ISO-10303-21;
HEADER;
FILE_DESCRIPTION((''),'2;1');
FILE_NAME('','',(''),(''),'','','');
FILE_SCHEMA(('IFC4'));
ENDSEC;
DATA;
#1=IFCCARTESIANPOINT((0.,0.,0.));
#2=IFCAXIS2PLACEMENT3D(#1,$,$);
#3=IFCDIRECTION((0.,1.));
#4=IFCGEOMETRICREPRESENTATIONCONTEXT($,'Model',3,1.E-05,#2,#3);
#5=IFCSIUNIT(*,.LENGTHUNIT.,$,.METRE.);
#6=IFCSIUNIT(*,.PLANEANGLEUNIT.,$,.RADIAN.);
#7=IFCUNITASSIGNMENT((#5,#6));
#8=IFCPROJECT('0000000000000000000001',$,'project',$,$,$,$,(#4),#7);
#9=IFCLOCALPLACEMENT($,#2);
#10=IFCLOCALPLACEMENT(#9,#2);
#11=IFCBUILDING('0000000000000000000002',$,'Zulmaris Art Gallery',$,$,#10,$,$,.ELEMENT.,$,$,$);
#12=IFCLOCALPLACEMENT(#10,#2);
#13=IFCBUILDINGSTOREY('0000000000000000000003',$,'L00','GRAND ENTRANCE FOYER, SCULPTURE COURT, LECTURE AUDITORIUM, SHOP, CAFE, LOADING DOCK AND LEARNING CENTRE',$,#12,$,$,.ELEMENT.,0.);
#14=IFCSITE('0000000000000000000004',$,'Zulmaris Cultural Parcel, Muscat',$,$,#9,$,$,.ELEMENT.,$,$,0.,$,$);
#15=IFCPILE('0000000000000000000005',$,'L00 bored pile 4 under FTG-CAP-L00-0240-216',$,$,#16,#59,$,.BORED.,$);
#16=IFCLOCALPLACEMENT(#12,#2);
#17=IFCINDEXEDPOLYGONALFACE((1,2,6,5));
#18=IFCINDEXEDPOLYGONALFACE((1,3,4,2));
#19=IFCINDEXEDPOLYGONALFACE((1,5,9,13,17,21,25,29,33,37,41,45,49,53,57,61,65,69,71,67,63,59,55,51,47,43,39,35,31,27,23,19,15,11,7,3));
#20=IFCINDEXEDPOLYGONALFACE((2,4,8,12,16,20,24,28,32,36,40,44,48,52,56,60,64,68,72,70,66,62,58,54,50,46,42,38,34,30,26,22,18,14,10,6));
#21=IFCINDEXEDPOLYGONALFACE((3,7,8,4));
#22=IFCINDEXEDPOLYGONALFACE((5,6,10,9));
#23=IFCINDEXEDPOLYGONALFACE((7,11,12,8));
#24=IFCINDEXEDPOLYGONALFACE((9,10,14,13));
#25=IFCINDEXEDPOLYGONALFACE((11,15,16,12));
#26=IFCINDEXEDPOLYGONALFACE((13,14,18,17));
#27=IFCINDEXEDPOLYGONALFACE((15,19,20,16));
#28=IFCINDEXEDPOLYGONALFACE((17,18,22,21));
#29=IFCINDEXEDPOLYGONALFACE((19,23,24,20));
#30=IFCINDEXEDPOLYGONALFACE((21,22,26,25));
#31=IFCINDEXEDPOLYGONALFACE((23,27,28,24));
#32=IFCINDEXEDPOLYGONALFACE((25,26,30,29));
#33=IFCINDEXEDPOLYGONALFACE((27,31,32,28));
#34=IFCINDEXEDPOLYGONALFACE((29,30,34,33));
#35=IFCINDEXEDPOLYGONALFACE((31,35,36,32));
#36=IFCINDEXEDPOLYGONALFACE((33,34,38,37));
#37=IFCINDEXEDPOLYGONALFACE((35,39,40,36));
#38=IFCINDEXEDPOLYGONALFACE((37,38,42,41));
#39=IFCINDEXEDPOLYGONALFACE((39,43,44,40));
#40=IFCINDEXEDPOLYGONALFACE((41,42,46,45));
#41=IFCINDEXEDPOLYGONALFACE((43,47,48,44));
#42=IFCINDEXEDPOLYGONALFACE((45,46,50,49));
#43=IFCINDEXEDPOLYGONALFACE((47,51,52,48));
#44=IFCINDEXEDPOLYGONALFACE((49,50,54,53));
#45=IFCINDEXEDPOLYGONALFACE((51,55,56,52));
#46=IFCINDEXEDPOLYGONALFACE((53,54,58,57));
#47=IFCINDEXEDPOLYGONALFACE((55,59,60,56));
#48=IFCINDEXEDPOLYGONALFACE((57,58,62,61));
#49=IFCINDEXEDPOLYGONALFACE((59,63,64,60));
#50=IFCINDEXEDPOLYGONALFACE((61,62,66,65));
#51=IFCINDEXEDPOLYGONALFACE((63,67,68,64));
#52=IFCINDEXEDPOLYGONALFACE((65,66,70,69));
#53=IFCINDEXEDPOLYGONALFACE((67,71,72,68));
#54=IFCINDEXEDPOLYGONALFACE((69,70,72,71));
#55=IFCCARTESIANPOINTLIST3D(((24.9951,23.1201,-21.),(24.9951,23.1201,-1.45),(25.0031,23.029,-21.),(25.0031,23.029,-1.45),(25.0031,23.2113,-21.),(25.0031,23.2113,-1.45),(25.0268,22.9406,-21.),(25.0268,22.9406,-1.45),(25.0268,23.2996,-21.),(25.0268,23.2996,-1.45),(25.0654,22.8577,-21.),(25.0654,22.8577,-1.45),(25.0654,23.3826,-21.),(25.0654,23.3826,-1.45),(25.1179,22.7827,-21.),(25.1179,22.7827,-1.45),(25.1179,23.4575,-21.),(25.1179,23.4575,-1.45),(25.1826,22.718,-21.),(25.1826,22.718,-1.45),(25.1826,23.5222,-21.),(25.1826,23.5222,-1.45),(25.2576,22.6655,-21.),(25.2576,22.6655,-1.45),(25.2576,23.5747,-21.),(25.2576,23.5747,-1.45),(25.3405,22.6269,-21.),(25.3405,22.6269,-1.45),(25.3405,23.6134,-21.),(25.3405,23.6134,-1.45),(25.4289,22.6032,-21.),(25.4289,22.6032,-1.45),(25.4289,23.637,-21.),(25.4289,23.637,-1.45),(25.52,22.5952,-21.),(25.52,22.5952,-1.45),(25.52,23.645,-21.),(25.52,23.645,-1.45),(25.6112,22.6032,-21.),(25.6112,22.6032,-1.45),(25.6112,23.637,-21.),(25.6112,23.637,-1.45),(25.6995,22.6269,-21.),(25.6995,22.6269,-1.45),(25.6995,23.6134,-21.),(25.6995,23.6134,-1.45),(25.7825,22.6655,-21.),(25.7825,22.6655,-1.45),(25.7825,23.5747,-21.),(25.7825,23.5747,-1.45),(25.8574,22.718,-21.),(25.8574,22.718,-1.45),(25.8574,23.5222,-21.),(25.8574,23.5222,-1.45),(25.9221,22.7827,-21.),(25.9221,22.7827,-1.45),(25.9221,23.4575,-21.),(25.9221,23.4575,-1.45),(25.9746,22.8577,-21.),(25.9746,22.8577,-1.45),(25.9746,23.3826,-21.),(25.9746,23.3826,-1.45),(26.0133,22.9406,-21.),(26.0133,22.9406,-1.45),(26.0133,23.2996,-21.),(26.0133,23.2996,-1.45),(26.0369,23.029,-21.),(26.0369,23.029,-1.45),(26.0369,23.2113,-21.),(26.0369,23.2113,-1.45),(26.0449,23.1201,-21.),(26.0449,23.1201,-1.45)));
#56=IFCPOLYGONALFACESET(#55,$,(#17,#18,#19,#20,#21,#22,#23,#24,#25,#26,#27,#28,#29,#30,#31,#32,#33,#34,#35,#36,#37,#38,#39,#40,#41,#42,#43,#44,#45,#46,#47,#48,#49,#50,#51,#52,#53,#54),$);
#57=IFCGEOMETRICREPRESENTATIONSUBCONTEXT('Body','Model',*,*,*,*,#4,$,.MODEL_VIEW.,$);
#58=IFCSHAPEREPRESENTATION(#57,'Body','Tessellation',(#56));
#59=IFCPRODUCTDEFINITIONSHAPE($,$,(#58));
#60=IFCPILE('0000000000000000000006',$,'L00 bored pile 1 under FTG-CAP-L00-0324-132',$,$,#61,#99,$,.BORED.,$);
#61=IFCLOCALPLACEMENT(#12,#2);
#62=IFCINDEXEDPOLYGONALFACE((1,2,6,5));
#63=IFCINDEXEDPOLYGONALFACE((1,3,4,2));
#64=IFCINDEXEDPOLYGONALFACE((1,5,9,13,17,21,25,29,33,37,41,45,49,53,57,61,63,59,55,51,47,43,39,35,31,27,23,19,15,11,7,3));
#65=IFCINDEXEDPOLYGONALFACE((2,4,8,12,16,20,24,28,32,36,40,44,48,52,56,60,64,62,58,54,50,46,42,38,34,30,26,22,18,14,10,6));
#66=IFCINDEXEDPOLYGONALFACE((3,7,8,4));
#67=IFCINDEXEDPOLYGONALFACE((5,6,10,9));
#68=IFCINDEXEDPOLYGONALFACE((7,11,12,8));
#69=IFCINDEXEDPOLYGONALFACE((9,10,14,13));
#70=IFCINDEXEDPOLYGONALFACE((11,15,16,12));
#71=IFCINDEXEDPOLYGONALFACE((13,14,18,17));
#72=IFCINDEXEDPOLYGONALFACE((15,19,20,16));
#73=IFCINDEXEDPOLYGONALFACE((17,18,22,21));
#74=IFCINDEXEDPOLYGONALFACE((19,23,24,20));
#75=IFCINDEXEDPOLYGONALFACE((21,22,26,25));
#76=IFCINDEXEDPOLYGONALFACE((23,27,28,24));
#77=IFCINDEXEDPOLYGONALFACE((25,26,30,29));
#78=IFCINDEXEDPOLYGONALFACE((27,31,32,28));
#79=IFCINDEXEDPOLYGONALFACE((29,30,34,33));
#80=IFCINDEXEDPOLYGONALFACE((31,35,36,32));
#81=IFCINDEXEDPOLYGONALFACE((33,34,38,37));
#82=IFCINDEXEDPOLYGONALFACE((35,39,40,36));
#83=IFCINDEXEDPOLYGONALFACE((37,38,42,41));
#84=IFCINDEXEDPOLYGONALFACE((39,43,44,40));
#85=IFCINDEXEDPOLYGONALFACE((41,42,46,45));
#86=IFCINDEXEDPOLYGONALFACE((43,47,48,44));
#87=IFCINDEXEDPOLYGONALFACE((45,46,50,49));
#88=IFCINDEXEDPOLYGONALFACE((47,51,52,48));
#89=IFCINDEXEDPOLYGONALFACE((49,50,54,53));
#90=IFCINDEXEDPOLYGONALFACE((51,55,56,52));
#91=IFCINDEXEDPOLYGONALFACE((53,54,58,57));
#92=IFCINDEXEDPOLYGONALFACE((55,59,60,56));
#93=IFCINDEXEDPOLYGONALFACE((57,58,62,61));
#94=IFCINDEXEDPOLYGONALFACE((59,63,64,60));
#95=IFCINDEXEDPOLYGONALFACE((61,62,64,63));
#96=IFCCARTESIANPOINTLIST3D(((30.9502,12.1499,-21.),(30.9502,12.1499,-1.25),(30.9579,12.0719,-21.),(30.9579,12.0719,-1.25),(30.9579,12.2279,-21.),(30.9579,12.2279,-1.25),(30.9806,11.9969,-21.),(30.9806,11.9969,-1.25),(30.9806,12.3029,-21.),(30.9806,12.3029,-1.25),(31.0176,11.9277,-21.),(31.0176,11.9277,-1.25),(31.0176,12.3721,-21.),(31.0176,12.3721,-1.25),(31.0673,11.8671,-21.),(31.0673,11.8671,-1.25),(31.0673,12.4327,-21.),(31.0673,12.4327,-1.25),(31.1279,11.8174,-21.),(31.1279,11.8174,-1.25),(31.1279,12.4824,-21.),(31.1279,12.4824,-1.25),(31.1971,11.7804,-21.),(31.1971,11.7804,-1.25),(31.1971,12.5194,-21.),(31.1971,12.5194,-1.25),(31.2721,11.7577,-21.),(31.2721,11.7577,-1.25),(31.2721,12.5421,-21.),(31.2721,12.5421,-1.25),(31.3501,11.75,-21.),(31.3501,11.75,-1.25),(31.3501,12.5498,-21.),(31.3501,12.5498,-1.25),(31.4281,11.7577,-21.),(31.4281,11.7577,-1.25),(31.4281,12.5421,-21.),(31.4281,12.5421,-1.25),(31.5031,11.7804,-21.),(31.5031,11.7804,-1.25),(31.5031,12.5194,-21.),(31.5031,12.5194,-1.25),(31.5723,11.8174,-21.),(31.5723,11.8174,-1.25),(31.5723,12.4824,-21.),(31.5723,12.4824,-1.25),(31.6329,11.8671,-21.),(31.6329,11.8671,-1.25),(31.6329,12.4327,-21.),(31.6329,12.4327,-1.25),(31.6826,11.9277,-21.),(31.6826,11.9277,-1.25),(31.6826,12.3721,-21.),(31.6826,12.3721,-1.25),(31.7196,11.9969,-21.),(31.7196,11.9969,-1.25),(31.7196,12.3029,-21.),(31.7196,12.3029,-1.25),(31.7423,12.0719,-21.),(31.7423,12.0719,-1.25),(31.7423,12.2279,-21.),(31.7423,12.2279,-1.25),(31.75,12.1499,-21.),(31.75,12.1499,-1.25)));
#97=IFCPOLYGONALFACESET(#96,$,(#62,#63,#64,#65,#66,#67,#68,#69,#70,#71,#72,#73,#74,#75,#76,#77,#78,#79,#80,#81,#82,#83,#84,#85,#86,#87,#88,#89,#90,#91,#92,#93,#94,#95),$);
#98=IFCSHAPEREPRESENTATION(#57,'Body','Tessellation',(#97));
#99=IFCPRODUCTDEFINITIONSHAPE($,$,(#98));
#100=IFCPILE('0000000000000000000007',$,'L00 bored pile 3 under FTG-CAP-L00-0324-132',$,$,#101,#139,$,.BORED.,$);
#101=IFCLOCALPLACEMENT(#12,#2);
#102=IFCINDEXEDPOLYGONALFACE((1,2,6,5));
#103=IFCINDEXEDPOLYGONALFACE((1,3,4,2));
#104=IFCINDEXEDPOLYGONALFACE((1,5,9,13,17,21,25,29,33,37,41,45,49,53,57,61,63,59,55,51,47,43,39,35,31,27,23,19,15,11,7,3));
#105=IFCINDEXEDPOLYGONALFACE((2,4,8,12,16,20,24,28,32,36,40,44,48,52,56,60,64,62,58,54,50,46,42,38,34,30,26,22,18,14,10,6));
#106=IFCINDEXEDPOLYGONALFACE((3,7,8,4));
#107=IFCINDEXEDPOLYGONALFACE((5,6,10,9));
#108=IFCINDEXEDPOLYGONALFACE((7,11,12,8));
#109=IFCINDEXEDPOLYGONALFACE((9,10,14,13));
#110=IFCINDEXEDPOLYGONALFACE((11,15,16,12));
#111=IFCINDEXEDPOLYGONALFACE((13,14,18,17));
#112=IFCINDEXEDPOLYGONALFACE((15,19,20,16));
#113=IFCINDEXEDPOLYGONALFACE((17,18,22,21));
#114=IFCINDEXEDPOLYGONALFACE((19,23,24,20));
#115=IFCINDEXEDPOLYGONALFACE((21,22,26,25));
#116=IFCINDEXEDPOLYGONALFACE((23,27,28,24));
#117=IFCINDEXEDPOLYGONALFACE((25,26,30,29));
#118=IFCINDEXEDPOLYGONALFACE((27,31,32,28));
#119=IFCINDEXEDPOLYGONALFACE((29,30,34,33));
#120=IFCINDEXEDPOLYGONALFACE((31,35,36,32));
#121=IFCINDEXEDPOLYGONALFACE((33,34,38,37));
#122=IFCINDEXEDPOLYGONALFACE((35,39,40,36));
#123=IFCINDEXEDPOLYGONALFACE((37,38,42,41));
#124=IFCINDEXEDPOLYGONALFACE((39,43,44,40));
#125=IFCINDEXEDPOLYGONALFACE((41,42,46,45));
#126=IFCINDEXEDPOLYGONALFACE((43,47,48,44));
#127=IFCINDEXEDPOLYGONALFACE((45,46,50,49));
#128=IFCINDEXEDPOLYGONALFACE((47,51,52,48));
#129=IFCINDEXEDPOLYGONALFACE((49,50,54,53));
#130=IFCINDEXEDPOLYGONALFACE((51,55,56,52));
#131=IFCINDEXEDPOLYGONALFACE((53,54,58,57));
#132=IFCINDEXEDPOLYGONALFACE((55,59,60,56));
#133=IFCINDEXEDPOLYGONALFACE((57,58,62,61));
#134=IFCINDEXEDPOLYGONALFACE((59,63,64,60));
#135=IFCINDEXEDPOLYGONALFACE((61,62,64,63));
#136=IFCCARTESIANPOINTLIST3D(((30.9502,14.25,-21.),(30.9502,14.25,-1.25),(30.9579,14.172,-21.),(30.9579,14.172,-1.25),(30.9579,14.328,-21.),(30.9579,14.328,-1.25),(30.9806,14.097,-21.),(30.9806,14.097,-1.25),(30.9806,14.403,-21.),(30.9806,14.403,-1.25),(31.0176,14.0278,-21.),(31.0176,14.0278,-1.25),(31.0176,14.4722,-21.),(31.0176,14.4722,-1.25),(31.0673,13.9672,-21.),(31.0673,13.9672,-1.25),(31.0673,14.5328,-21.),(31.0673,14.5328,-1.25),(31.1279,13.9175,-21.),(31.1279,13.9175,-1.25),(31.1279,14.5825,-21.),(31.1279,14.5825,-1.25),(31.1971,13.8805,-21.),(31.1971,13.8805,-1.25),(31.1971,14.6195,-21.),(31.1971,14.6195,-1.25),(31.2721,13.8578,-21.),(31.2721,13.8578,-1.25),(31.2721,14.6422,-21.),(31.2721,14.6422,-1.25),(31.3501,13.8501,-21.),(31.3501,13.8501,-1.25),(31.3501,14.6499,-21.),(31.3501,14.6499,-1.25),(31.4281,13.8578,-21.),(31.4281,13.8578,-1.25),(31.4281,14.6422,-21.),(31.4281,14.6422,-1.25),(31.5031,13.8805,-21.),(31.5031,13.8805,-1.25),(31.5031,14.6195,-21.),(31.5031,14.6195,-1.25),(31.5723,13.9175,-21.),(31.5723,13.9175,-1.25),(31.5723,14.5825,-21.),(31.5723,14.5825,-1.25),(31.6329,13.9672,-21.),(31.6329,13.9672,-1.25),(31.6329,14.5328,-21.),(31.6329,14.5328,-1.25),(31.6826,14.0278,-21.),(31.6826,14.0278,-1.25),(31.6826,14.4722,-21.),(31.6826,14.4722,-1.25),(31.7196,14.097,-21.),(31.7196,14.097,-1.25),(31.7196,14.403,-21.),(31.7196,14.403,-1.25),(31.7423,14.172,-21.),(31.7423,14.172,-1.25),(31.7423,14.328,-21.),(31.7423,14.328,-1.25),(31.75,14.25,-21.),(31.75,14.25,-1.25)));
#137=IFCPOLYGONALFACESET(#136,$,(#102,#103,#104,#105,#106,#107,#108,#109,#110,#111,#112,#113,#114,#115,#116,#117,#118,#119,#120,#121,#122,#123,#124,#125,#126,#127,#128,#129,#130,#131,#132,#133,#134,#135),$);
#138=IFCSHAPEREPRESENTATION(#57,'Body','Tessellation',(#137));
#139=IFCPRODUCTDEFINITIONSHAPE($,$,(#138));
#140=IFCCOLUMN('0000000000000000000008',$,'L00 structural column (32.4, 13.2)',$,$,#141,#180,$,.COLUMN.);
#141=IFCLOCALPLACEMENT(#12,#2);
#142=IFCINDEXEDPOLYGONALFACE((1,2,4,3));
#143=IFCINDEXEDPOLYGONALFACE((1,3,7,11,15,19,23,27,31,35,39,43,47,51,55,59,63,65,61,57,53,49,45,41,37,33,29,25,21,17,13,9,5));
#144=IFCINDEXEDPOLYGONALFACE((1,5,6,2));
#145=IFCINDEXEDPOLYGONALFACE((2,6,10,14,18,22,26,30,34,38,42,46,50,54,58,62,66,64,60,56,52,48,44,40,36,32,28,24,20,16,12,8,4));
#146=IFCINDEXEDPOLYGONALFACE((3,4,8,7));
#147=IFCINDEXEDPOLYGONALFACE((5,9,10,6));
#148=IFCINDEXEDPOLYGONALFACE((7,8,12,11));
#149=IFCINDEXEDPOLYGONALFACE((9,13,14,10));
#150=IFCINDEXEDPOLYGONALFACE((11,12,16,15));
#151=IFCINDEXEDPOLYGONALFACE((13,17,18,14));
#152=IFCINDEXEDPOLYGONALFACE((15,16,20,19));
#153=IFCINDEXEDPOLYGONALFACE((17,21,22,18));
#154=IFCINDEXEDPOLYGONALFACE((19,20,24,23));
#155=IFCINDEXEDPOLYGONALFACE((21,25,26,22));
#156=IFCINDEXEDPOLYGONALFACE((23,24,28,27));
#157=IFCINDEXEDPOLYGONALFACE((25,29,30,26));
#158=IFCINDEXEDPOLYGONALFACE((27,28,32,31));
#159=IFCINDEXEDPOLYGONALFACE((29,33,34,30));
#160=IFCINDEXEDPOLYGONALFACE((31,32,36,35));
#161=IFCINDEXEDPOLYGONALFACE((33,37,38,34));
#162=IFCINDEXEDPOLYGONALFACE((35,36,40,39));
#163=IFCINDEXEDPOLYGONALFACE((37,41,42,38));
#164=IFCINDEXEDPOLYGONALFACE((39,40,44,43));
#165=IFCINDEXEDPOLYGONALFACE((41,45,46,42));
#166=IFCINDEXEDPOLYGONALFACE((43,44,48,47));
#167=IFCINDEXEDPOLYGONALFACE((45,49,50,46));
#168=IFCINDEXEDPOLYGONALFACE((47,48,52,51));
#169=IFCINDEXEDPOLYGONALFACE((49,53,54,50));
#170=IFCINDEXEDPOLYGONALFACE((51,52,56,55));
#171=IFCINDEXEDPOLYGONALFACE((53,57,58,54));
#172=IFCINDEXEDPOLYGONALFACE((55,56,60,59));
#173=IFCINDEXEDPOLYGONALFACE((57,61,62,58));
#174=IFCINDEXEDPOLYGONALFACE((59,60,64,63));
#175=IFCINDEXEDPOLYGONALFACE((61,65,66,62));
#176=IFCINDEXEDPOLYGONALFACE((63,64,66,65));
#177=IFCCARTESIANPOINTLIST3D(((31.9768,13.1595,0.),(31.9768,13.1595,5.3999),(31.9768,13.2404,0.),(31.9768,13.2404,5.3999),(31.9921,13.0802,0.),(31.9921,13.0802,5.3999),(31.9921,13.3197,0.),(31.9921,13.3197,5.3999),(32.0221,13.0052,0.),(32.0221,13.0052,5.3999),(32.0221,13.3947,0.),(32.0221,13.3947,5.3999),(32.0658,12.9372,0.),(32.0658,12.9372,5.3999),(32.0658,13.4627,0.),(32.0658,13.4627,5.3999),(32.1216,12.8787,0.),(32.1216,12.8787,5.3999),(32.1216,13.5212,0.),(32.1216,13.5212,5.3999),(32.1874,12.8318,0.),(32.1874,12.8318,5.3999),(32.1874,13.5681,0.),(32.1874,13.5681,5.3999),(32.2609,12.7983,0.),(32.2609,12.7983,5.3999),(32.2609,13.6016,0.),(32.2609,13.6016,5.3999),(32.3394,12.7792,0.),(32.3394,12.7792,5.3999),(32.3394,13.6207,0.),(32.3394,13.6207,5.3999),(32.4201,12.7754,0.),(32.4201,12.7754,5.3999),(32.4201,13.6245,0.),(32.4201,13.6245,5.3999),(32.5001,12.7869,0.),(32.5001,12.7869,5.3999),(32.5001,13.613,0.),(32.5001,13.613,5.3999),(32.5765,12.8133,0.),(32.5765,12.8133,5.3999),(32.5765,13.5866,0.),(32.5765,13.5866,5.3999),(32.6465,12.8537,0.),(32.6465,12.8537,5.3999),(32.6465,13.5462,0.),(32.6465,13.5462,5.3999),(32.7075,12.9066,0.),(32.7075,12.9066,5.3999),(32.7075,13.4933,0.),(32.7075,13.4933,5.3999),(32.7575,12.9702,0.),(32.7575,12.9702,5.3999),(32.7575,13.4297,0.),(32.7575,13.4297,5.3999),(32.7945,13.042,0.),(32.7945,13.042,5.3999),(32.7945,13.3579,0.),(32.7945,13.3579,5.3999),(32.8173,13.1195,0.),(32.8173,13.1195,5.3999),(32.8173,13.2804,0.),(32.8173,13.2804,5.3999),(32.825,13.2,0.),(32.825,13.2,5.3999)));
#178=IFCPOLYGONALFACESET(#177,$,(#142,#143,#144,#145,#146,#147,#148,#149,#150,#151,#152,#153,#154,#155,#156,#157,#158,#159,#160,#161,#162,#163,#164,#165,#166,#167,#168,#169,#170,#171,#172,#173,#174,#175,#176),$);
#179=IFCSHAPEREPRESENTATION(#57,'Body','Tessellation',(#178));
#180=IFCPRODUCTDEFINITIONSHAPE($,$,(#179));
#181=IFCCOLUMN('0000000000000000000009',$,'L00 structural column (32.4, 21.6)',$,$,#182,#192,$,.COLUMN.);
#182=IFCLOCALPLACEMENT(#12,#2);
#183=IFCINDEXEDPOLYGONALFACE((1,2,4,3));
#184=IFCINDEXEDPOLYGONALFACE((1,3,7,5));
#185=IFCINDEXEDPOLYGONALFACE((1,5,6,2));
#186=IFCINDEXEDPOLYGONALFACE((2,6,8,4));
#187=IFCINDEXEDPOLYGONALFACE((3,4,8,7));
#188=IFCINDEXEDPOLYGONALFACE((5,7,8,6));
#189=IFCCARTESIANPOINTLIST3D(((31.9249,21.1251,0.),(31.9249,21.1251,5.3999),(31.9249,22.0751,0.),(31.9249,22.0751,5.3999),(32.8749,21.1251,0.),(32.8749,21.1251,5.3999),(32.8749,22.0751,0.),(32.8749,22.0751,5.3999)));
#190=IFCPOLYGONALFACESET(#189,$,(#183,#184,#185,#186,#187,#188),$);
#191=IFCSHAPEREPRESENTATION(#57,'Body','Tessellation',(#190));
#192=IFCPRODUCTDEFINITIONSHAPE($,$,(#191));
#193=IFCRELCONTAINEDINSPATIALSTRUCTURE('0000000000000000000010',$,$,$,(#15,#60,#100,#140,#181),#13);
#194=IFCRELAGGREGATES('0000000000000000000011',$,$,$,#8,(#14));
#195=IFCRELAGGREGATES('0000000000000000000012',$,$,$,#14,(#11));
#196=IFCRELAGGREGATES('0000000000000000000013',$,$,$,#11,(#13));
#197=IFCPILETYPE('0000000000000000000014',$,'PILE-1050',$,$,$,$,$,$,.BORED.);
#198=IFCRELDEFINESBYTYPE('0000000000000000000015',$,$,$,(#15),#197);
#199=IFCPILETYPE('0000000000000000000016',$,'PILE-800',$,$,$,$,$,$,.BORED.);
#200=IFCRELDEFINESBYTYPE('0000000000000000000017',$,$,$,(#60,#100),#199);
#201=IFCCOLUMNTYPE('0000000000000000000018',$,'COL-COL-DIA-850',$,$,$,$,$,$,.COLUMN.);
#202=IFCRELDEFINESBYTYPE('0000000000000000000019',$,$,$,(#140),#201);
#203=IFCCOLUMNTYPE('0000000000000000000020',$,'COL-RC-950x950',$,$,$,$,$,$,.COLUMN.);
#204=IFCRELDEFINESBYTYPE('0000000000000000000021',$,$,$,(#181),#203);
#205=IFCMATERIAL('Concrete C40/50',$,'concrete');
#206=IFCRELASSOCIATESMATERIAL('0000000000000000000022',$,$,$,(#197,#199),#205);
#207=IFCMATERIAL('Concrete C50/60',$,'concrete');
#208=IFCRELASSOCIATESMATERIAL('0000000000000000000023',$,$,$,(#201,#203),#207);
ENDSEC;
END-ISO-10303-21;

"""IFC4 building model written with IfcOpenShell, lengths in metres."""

from ifc_helpers import new_model, si_unit, direction, frame, origin, origin_2d, place, context, subcontext, project, spatial, rectangle, circle, extrude, material, material_profile, profile_set, type_object, element, save


model = new_model("IFC4")

# Units and contexts
model_context = context("Model", 3, precision=1e-05, world=origin(), true_north=direction((0.0, 1.0)))
body_context = subcontext(model_context, "Body", "Model", "MODEL_VIEW")
ifc_project = project(units=[si_unit("LENGTHUNIT", "METRE"), si_unit("PLANEANGLEUNIT", "RADIAN")], contexts=[model_context])

# Site, building, storey
site_placement = place(None, origin())
site = spatial("IfcSite", under=ifc_project, at=site_placement, Name="Zulmaris Cultural Parcel, Muscat", CompositionType="ELEMENT", RefElevation=0.0)
building_placement = place(site_placement, origin())
building = spatial("IfcBuilding", under=site, at=building_placement, Name="Zulmaris Art Gallery", CompositionType="ELEMENT")
storey_placement = place(building_placement, origin())
storey = spatial("IfcBuildingStorey", under=building, at=storey_placement, Name="L00", Description="GRAND ENTRANCE FOYER, SCULPTURE COURT, LECTURE AUDITORIUM, SHOP, CAFE, LOADING DOCK AND LEARNING CENTRE", CompositionType="ELEMENT", Elevation=0.0)

# Piles
ifc_material_1 = material(Name="Concrete C40/50", Category="concrete")
ifc_material_profile_1 = material_profile(ifc_material_1, circle(Radius=0.5249, at=origin_2d()), Name="PILE DIA 1050")
ifc_profile_set_1 = profile_set([ifc_material_profile_1], Name="Concrete C40/50")
pile_type_1 = type_object("IfcPileType", Name="PILE-1050", PredefinedType="BORED", material=ifc_profile_set_1)
pile_placement = place(storey_placement, frame((25.52, 23.1201, -1.45), z_axis=(0.0, 0.0, -1.0), x_axis=(1.0, 0.0, 0.0)))
element("IfcPile", 1, at=pile_placement, inside=storey, type_object=pile_type_1, Name="L00 bored pile 4 under FTG-CAP-L00-0240-216", PredefinedType="BORED", context=body_context, shape_type="SweptSolid", body=[
    extrude(circle(Radius=0.5249, at=origin_2d()), origin(), (0.0, 0.0, 1.0), 19.55),
])
ifc_material_profile_2 = material_profile(ifc_material_1, circle(Radius=0.3999, at=origin_2d()), Name="PILE DIA 800")
ifc_profile_set_2 = profile_set([ifc_material_profile_2], Name="Concrete C40/50")
pile_type_2 = type_object("IfcPileType", Name="PILE-800", PredefinedType="BORED", material=ifc_profile_set_2)
for number, where, z_axis, x_axis, name in (
    (2, (31.3501, 12.1499, -1.25), (0.0, 0.0, -1.0), (1.0, 0.0, 0.0), "L00 bored pile 1 under FTG-CAP-L00-0324-132"),
    (3, (31.3501, 14.25, -1.25), (0.0, 0.0, -1.0), (1.0, 0.0, 0.0), "L00 bored pile 3 under FTG-CAP-L00-0324-132"),
):
    element("IfcPile", number, at=place(storey_placement, frame(where, z_axis=z_axis, x_axis=x_axis)), inside=storey, type_object=pile_type_2, Name=name, PredefinedType="BORED", context=body_context, shape_type="SweptSolid", body=[
        extrude(circle(Radius=0.3999, at=origin_2d()), origin(), (0.0, 0.0, 1.0), 19.75),
    ])

# Columns
ifc_material_2 = material(Name="Concrete C50/60", Category="concrete")
ifc_material_profile_3 = material_profile(ifc_material_2, circle(Radius=0.425, at=origin_2d()), Name="COL DIA 850")
ifc_profile_set_3 = profile_set([ifc_material_profile_3], Name="Concrete C50/60")
column_type_1 = type_object("IfcColumnType", Name="COL-COL-DIA-850", PredefinedType="COLUMN", material=ifc_profile_set_3)
column_1_placement = place(storey_placement, frame((32.3999, 13.2, 0.0), z_axis=(0.0, 0.0, 1.0), x_axis=(1.0, 0.0, 0.0)))
element("IfcColumn", 4, at=column_1_placement, inside=storey, type_object=column_type_1, Name="L00 structural column (32.4, 13.2)", PredefinedType="COLUMN", context=body_context, shape_type="SweptSolid", body=[
    extrude(circle(Radius=0.425, at=origin_2d()), origin(), (0.0, 0.0, 1.0), 5.3999),
])
ifc_material_profile_4 = material_profile(ifc_material_2, rectangle(XDim=0.95, YDim=0.95, at=origin_2d()), Name="RC 950x950")
ifc_profile_set_4 = profile_set([ifc_material_profile_4], Name="Concrete C50/60")
column_type_2 = type_object("IfcColumnType", Name="COL-RC-950x950", PredefinedType="COLUMN", material=ifc_profile_set_4)
column_2_placement = place(storey_placement, frame((32.3999, 21.6001, 0.0), z_axis=(0.0, 0.0, 1.0), x_axis=(1.0, 0.0, 0.0)))
element("IfcColumn", 5, at=column_2_placement, inside=storey, type_object=column_type_2, Name="L00 structural column (32.4, 21.6)", PredefinedType="COLUMN", context=body_context, shape_type="SweptSolid", body=[
    extrude(rectangle(XDim=0.95, YDim=0.95, at=origin_2d()), origin(), (0.0, 0.0, 1.0), 5.3999),
])

save(model, "model.ifc")
